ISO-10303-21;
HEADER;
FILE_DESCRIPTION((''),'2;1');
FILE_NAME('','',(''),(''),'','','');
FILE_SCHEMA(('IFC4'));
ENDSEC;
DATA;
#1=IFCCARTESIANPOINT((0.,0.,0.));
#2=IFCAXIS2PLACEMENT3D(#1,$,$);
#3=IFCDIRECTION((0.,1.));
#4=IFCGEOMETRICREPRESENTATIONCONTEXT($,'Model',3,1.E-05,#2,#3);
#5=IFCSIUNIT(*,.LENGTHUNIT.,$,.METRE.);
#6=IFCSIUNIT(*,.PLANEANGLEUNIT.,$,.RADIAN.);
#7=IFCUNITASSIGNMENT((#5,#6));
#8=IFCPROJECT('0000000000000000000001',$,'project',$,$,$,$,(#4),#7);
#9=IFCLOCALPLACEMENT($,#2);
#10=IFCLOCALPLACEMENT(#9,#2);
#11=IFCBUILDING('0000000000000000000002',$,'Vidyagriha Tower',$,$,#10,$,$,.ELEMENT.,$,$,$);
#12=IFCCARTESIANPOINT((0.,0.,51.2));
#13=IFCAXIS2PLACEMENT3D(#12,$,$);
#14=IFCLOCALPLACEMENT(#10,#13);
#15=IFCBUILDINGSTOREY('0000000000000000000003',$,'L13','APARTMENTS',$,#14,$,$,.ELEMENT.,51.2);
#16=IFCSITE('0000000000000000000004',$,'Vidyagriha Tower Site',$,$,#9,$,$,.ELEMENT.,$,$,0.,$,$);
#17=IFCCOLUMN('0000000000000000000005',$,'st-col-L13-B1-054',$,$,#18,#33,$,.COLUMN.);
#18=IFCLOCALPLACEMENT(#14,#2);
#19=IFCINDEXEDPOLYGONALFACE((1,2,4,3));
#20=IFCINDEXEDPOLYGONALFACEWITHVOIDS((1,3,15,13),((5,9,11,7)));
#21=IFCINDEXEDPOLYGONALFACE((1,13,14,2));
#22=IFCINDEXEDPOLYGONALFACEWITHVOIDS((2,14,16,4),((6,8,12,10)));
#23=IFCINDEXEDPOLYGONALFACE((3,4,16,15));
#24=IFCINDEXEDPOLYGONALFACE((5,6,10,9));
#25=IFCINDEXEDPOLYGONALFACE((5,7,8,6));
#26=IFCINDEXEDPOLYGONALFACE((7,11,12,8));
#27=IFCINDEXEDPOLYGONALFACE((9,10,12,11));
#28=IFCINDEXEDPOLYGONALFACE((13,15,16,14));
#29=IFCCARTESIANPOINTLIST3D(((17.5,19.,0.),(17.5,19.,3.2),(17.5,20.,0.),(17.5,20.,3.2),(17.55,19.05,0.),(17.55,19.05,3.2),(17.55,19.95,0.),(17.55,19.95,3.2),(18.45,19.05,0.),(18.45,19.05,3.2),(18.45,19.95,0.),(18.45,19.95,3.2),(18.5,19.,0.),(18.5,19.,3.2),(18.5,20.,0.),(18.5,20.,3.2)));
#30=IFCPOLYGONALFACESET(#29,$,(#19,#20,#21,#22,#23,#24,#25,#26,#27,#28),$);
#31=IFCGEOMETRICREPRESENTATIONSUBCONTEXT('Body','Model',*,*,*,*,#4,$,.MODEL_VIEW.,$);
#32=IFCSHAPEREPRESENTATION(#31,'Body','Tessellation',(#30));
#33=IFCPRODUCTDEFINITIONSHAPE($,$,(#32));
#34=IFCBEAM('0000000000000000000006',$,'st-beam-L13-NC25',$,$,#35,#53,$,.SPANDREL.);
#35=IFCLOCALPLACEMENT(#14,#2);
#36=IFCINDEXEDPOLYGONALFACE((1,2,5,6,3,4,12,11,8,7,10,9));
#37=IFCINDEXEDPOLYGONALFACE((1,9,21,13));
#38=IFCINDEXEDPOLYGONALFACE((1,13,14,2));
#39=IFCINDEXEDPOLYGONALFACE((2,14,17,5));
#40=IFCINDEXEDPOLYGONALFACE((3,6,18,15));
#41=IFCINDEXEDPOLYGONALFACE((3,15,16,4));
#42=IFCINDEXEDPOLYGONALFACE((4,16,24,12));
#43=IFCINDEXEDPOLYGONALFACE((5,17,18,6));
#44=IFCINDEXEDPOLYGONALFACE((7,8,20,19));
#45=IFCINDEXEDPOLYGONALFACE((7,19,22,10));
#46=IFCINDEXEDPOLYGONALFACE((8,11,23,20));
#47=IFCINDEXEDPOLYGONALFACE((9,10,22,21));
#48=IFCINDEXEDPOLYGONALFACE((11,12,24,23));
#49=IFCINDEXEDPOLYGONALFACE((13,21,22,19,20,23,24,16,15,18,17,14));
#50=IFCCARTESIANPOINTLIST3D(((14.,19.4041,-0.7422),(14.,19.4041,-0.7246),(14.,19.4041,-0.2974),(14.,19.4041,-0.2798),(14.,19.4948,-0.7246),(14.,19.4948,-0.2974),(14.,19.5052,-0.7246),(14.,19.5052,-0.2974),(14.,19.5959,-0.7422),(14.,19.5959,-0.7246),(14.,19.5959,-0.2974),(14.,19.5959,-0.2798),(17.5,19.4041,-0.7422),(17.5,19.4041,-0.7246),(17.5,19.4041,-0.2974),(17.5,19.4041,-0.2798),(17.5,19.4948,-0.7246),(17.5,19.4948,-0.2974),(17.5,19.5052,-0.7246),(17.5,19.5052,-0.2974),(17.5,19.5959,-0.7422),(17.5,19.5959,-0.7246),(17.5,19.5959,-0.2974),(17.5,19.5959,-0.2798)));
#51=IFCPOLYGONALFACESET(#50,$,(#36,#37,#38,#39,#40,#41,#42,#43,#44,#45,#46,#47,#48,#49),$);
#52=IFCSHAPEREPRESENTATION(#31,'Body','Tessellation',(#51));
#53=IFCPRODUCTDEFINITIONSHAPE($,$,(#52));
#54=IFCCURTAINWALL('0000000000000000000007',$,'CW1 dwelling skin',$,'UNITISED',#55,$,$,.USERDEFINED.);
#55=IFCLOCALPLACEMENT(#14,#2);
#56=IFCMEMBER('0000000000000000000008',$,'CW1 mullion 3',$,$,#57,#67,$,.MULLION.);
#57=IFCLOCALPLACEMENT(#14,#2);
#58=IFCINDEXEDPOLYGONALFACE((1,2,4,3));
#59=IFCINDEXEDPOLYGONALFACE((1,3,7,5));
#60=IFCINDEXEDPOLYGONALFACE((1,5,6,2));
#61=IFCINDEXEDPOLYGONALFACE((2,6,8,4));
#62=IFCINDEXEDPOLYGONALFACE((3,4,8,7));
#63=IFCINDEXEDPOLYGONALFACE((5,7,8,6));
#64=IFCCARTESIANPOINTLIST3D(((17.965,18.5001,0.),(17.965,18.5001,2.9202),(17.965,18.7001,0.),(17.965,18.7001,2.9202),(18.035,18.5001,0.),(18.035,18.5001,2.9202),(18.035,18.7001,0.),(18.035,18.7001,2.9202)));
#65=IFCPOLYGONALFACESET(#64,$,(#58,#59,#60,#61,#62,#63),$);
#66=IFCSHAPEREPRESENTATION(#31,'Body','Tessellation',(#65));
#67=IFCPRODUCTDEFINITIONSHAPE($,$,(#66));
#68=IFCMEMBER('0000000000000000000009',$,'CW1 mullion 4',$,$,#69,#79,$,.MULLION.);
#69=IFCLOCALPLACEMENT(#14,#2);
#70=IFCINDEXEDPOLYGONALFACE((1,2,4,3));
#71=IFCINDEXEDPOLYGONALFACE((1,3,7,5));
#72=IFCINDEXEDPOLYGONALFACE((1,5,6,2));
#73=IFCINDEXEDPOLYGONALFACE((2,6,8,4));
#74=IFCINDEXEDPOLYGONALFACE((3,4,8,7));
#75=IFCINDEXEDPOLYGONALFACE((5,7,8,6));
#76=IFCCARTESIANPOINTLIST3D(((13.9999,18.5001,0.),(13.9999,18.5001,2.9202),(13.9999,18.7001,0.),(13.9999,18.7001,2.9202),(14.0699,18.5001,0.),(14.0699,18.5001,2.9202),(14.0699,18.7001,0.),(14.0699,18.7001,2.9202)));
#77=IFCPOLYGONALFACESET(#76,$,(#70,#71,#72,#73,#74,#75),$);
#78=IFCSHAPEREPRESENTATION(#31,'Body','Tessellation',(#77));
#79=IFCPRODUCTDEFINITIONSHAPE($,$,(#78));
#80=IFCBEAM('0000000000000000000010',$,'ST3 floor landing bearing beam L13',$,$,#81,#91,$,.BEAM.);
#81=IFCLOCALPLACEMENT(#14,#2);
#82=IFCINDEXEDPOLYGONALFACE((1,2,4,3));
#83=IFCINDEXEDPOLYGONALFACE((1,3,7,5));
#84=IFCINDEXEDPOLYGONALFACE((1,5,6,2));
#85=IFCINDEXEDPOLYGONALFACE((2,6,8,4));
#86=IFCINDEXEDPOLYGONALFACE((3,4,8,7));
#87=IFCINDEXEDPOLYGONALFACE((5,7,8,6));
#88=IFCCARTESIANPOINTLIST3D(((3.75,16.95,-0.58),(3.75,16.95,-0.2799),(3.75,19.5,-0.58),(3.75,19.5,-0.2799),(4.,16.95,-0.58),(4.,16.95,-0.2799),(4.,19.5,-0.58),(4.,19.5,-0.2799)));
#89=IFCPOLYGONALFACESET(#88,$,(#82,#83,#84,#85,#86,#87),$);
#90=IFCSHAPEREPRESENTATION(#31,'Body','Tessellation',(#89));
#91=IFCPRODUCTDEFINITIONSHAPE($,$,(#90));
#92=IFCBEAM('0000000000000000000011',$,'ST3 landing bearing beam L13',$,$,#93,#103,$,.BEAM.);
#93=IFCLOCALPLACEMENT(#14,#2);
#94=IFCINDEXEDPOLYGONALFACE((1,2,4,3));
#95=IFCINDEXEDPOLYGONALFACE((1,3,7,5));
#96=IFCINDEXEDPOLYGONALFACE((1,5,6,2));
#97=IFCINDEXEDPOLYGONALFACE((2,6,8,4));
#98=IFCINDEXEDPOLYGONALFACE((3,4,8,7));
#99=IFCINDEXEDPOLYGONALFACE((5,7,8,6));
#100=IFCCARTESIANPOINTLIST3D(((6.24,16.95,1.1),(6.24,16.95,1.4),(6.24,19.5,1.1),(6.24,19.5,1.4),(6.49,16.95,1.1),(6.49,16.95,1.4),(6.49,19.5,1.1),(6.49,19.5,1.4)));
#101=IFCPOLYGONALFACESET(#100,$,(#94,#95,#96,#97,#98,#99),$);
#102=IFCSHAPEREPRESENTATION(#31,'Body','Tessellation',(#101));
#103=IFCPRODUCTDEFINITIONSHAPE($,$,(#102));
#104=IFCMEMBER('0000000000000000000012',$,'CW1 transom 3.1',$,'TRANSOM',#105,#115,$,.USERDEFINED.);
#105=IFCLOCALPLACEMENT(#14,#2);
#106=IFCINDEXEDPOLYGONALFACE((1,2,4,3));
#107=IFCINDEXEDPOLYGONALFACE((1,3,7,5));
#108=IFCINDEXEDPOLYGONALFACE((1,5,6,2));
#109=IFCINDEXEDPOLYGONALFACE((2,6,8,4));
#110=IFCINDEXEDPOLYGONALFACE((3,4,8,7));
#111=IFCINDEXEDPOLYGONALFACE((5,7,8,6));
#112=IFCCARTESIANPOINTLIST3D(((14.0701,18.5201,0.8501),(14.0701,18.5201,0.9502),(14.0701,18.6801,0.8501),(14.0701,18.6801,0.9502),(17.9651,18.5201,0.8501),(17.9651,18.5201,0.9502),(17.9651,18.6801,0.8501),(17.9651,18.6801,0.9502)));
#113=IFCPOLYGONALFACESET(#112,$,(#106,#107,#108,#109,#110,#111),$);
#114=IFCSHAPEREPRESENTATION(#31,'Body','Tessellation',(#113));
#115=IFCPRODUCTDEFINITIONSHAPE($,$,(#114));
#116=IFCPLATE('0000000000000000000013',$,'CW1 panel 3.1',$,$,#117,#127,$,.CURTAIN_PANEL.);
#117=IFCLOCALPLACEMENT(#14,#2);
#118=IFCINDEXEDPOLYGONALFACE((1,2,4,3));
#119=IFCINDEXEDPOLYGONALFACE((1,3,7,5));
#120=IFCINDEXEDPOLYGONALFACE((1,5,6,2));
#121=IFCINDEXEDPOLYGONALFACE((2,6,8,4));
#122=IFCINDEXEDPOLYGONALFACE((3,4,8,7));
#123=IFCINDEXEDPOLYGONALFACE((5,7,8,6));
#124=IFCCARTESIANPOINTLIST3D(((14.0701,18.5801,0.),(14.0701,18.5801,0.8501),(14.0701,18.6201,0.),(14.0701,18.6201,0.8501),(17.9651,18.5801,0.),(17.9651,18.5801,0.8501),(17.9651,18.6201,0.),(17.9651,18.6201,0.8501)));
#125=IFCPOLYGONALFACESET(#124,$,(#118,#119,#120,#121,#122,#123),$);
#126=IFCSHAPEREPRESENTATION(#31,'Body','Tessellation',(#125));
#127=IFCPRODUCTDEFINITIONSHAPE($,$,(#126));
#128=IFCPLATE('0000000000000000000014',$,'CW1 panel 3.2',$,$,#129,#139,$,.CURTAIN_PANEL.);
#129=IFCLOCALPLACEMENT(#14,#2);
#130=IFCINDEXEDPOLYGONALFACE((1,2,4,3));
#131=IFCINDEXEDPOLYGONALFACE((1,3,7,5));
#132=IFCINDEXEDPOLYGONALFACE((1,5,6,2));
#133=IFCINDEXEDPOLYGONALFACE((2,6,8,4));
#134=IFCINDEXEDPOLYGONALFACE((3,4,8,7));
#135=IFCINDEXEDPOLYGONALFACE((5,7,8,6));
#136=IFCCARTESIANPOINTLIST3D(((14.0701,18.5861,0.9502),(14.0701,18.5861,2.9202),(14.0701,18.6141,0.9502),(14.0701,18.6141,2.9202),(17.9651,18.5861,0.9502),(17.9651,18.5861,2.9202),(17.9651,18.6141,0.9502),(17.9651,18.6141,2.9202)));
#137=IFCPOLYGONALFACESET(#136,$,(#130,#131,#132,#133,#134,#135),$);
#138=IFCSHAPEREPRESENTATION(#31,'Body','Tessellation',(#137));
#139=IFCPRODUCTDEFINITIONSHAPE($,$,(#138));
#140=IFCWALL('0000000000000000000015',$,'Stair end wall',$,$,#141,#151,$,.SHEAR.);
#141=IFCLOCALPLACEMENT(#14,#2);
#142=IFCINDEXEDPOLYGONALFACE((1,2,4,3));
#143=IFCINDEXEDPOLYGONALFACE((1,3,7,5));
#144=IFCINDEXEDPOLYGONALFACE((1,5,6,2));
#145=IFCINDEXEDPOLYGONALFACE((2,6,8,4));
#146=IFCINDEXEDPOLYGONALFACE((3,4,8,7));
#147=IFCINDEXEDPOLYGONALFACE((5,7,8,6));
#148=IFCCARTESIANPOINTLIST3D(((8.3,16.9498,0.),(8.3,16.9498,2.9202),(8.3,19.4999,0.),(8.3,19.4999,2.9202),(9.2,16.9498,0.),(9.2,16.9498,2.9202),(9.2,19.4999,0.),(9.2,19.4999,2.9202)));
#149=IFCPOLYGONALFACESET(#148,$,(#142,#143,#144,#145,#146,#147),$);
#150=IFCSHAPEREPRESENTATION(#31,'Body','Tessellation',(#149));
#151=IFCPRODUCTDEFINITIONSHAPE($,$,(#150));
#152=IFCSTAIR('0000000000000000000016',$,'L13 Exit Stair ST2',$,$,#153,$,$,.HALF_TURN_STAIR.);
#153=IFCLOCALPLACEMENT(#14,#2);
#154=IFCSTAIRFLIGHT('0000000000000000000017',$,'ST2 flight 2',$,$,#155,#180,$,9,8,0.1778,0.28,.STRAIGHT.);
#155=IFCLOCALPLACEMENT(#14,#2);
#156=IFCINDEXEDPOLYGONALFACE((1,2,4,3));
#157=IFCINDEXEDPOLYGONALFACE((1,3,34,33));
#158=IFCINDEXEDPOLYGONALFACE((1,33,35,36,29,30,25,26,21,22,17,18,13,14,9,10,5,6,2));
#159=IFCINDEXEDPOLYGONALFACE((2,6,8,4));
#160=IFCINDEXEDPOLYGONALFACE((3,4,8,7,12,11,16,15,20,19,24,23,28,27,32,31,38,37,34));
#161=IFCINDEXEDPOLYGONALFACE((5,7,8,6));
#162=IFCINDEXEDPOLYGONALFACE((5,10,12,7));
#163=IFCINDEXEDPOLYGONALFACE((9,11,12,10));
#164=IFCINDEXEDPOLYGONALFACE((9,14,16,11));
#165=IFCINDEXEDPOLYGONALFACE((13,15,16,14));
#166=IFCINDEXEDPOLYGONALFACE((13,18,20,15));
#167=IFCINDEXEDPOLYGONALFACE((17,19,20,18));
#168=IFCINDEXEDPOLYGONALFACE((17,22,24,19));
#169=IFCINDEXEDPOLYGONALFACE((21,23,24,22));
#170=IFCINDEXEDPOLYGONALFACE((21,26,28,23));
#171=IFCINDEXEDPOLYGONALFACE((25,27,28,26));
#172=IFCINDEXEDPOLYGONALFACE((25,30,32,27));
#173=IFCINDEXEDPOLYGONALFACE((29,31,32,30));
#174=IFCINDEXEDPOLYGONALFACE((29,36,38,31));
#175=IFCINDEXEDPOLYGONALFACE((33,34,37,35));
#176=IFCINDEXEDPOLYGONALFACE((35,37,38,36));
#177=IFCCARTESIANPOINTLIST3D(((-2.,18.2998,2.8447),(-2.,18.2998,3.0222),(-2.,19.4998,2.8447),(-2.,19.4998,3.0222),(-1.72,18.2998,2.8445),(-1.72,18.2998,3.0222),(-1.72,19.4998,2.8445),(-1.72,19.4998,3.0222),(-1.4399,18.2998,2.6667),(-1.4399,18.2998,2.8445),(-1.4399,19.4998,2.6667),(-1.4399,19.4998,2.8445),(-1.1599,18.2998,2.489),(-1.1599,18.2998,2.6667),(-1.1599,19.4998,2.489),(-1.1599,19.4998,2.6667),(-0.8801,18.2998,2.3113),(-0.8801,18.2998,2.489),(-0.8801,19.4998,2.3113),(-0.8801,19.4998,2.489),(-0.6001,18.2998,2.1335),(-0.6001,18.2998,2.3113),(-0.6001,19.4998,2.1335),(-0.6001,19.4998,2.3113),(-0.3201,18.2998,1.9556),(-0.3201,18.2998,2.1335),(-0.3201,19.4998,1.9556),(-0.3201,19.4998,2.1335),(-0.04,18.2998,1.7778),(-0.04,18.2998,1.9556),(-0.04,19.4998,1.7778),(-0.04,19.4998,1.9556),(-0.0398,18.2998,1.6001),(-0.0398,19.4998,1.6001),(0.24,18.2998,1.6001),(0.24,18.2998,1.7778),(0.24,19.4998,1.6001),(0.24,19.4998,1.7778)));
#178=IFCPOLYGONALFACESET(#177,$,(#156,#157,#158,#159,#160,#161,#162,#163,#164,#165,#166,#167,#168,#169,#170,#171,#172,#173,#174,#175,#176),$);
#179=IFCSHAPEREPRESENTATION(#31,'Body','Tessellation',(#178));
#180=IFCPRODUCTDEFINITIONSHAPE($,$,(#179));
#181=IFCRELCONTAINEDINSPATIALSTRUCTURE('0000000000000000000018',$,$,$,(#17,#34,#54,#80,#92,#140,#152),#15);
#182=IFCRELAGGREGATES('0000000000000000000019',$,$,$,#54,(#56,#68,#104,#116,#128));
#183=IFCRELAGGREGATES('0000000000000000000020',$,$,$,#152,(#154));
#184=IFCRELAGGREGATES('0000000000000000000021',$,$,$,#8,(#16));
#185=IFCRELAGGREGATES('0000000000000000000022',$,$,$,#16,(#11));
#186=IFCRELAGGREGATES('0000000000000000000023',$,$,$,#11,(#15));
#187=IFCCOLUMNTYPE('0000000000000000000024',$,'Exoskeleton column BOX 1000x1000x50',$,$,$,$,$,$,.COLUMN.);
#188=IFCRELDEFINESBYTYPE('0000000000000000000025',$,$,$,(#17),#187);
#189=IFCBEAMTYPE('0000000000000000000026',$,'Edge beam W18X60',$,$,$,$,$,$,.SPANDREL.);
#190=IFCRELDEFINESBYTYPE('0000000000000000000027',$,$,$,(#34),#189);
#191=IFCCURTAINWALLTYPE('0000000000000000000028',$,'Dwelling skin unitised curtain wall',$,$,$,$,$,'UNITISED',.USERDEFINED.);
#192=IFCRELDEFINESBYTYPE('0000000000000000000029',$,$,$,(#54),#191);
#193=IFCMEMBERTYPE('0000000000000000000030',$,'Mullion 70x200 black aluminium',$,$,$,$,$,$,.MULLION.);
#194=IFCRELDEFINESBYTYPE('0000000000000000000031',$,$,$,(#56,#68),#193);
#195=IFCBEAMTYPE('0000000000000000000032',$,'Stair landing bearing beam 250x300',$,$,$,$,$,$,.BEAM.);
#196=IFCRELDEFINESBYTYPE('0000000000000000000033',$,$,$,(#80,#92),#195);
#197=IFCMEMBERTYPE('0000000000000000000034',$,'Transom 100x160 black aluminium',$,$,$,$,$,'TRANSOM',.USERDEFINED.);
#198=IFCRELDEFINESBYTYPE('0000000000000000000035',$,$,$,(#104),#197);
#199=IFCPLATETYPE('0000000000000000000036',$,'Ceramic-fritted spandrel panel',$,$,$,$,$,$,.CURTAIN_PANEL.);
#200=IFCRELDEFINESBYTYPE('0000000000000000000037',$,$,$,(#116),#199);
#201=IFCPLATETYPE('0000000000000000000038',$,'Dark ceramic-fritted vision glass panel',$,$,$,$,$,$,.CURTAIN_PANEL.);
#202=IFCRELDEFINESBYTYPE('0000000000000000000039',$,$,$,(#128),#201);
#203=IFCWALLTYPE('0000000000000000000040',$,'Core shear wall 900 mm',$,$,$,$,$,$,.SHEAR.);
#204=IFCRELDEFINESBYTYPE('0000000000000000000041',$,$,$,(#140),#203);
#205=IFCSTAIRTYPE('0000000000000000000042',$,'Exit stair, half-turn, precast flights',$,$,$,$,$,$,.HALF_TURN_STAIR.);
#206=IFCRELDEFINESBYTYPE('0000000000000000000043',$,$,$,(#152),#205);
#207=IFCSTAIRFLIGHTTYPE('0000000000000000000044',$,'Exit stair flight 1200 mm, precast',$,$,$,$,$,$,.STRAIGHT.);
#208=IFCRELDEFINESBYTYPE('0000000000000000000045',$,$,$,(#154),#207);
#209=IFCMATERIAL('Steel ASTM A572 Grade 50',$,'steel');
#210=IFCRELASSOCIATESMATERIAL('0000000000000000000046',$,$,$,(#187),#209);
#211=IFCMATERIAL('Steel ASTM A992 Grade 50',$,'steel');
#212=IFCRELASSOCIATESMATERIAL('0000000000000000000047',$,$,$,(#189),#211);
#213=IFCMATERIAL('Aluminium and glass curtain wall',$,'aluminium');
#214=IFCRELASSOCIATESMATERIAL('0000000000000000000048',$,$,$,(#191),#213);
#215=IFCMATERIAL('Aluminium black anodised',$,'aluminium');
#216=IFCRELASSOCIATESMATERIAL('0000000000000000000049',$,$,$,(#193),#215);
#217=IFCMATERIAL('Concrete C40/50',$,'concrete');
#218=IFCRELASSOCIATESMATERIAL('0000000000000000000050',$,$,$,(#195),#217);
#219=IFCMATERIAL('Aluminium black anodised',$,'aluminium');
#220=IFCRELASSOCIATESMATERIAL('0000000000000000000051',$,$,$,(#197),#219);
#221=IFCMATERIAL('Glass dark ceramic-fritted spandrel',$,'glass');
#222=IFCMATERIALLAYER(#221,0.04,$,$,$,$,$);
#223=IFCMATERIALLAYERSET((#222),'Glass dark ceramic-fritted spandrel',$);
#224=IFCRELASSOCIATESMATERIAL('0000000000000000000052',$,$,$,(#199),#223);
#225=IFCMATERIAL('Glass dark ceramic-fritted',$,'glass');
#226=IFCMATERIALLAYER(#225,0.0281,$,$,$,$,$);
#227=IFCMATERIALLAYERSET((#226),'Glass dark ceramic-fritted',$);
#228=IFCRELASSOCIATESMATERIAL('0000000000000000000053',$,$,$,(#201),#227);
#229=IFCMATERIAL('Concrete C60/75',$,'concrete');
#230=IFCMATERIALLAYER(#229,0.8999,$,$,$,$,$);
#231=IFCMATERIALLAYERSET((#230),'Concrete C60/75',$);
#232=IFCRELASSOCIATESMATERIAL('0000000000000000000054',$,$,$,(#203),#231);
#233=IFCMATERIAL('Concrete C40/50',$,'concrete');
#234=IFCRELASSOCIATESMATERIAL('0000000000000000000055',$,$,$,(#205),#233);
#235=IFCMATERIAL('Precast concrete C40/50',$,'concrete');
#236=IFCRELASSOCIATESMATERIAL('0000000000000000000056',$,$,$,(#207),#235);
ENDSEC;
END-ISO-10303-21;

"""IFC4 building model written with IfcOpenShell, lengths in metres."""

from ifc_helpers import new_model, si_unit, direction, frame, frame_2d, origin, origin_2d, place, context, subcontext, project, spatial, polyline, rectangle, hollow_rectangle, i_section, outline, extrude, material, layer, layer_set, material_profile, profile_set, type_object, element, aggregate, save


model = new_model("IFC4")

# Units and contexts
model_context = context("Model", 3, precision=1e-05, world=origin(), true_north=direction((0.0, 1.0)))
body_context = subcontext(model_context, "Body", "Model", "MODEL_VIEW")
ifc_project = project(units=[si_unit("LENGTHUNIT", "METRE"), si_unit("PLANEANGLEUNIT", "RADIAN")], contexts=[model_context])

# Site, building, storey
site_placement = place(None, origin())
site = spatial("IfcSite", under=ifc_project, at=site_placement, Name="Vidyagriha Tower Site", CompositionType="ELEMENT", RefElevation=0.0)
building_placement = place(site_placement, origin())
building = spatial("IfcBuilding", under=site, at=building_placement, Name="Vidyagriha Tower", CompositionType="ELEMENT")
storey_placement = place(building_placement, frame((0.0, 0.0, 51.2)))
storey = spatial("IfcBuildingStorey", under=building, at=storey_placement, Name="L13", Description="APARTMENTS", CompositionType="ELEMENT", Elevation=51.2)

# Column
ifc_material_1 = material(Name="Steel ASTM A572 Grade 50", Category="steel")
ifc_material_profile_1 = material_profile(ifc_material_1, hollow_rectangle(XDim=1.0, YDim=1.0, WallThickness=0.05, at=origin_2d()), Name="BOX 1000x1000x50")
ifc_profile_set_1 = profile_set([ifc_material_profile_1], Name="Steel ASTM A572 Grade 50")
column_type = type_object("IfcColumnType", Name="Exoskeleton column BOX 1000x1000x50", PredefinedType="COLUMN", material=ifc_profile_set_1)
column_placement = place(storey_placement, frame((18.0, 19.5, 0.0)))
element("IfcColumn", 1, at=column_placement, inside=storey, type_object=column_type, Name="st-col-L13-B1-054", PredefinedType="COLUMN", context=body_context, shape_type="SweptSolid", body=[
    extrude(hollow_rectangle(XDim=1.0, YDim=1.0, WallThickness=0.05, at=origin_2d()), origin(), (0.0, 0.0, 1.0), 3.2),
])

# Beam
ifc_material_2 = material(Name="Steel ASTM A992 Grade 50", Category="steel")
ifc_material_profile_2 = material_profile(ifc_material_2, i_section(OverallWidth=0.1919, OverallDepth=0.4624, WebThickness=0.0105, FlangeThickness=0.0176, at=origin_2d()), Name="W18X60")
ifc_profile_set_2 = profile_set([ifc_material_profile_2], Name="Steel ASTM A992 Grade 50")
beam_type_1 = type_object("IfcBeamType", Name="Edge beam W18X60", PredefinedType="SPANDREL", material=ifc_profile_set_2)
beam_placement = place(storey_placement, frame((14.0, 19.5, -0.511), z_axis=(1.0, 0.0, 0.0), x_axis=(0.0, 1.0, 0.0)))
element("IfcBeam", 2, at=beam_placement, inside=storey, type_object=beam_type_1, Name="st-beam-L13-NC25", PredefinedType="SPANDREL", context=body_context, shape_type="SweptSolid", body=[
    extrude(i_section(OverallWidth=0.1919, OverallDepth=0.4624, WebThickness=0.0105, FlangeThickness=0.0176, at=origin_2d()), origin(), (0.0, 0.0, 1.0), 3.5),
])

# Curtain wall, members
ifc_material_3 = material(Name="Aluminium and glass curtain wall", Category="aluminium")
curtain_wall_type = type_object("IfcCurtainWallType", Name="Dwelling skin unitised curtain wall", ElementType="UNITISED", PredefinedType="USERDEFINED", material=ifc_material_3)
curtain_wall_placement = place(storey_placement, origin())
curtain_wall = element("IfcCurtainWall", 3, at=curtain_wall_placement, inside=storey, type_object=curtain_wall_type, Name="CW1 dwelling skin", ObjectType="UNITISED", PredefinedType="USERDEFINED")
ifc_material_4 = material(Name="Aluminium black anodised", Category="aluminium")
ifc_material_profile_3 = material_profile(ifc_material_4, rectangle(XDim=0.2, YDim=0.0701, at=origin_2d()), Name="Mullion 70x200 black aluminium")
ifc_profile_set_3 = profile_set([ifc_material_profile_3], Name="Aluminium black anodised")
member_type_1 = type_object("IfcMemberType", Name="Mullion 70x200 black aluminium", PredefinedType="MULLION", material=ifc_profile_set_3)
member_1_placement = place(storey_placement, frame((18.0, 18.6001, 0.0), z_axis=(0.0, 0.0, 1.0), x_axis=(0.0, -1.0, 0.0)))
member_1 = element("IfcMember", 4, at=member_1_placement, type_object=member_type_1, Name="CW1 mullion 3", PredefinedType="MULLION", context=body_context, shape_type="SweptSolid", body=[
    extrude(rectangle(XDim=0.2, YDim=0.0701, at=origin_2d()), origin(), (0.0, 0.0, 1.0), 2.9202),
])
member_2_placement = place(storey_placement, frame((14.0349, 18.6001, 0.0), z_axis=(0.0, 0.0, 1.0), x_axis=(0.0, -1.0, 0.0)))
member_2 = element("IfcMember", 5, at=member_2_placement, type_object=member_type_1, Name="CW1 mullion 4", PredefinedType="MULLION", context=body_context, shape_type="SweptSolid", body=[
    extrude(rectangle(XDim=0.2, YDim=0.0701, at=origin_2d()), origin(), (0.0, 0.0, 1.0), 2.9202),
])

# Beams
ifc_material_5 = material(Name="Concrete C40/50", Category="concrete")
ifc_material_profile_4 = material_profile(ifc_material_5, rectangle(XDim=0.25, YDim=0.3, at=origin_2d()), Name="Stair landing bearing beam 250x300")
ifc_profile_set_4 = profile_set([ifc_material_profile_4], Name="Concrete C40/50")
beam_type_2 = type_object("IfcBeamType", Name="Stair landing bearing beam 250x300", PredefinedType="BEAM", material=ifc_profile_set_4)
for number, where, z_axis, x_axis, name in (
    (6, (3.875, 16.95, -0.4299), (0.0, 1.0, 0.0), (-1.0, 0.0, 0.0), "ST3 floor landing bearing beam L13"),
    (7, (6.365, 16.95, 1.25), (0.0, 1.0, 0.0), (-1.0, 0.0, 0.0), "ST3 landing bearing beam L13"),
):
    element("IfcBeam", number, at=place(storey_placement, frame(where, z_axis=z_axis, x_axis=x_axis)), inside=storey, type_object=beam_type_2, Name=name, PredefinedType="BEAM", context=body_context, shape_type="SweptSolid", body=[
        extrude(rectangle(XDim=0.25, YDim=0.3, at=origin_2d()), origin(), (0.0, 0.0, 1.0), 2.55),
    ])

# Member
ifc_material_6 = material(Name="Aluminium black anodised", Category="aluminium")
ifc_material_profile_5 = material_profile(ifc_material_6, rectangle(XDim=0.1599, YDim=0.1001, at=origin_2d()), Name="Transom 100x160 black aluminium")
ifc_profile_set_5 = profile_set([ifc_material_profile_5], Name="Aluminium black anodised")
member_type_2 = type_object("IfcMemberType", Name="Transom 100x160 black aluminium", ElementType="TRANSOM", PredefinedType="USERDEFINED", material=ifc_profile_set_5)
member_3_placement = place(storey_placement, frame((17.9651, 18.6001, 0.9001), z_axis=(-1.0, 0.0, 0.0), x_axis=(0.0, -1.0, 0.0)))
member_3 = element("IfcMember", 8, at=member_3_placement, type_object=member_type_2, Name="CW1 transom 3.1", ObjectType="TRANSOM", PredefinedType="USERDEFINED", context=body_context, shape_type="SweptSolid", body=[
    extrude(rectangle(XDim=0.1599, YDim=0.1001, at=origin_2d()), origin(), (0.0, 0.0, 1.0), 3.895),
])

# Plates
ifc_material_7 = material(Name="Glass dark ceramic-fritted spandrel", Category="glass")
ifc_layer_1 = layer(ifc_material_7, 0.04)
ifc_layer_set_1 = layer_set([ifc_layer_1], Name="Glass dark ceramic-fritted spandrel")
plate_type_1 = type_object("IfcPlateType", Name="Ceramic-fritted spandrel panel", PredefinedType="CURTAIN_PANEL", material=ifc_layer_set_1)
plate_1_placement = place(storey_placement, frame((16.0176, 18.6001, 0.0), z_axis=(0.0, 0.0, 1.0), x_axis=(-1.0, 0.0, 0.0)))
plate_1 = element("IfcPlate", 9, at=plate_1_placement, type_object=plate_type_1, Name="CW1 panel 3.1", PredefinedType="CURTAIN_PANEL", context=body_context, shape_type="SweptSolid", body=[
    extrude(rectangle(XDim=3.895, YDim=0.04, at=origin_2d()), origin(), (0.0, 0.0, 1.0), 0.8501),
])
ifc_material_8 = material(Name="Glass dark ceramic-fritted", Category="glass")
ifc_layer_2 = layer(ifc_material_8, 0.0281)
ifc_layer_set_2 = layer_set([ifc_layer_2], Name="Glass dark ceramic-fritted")
plate_type_2 = type_object("IfcPlateType", Name="Dark ceramic-fritted vision glass panel", PredefinedType="CURTAIN_PANEL", material=ifc_layer_set_2)
plate_2_placement = place(storey_placement, frame((16.0176, 18.6001, 0.9502), z_axis=(0.0, 0.0, 1.0), x_axis=(-1.0, 0.0, 0.0)))
plate_2 = element("IfcPlate", 10, at=plate_2_placement, type_object=plate_type_2, Name="CW1 panel 3.2", PredefinedType="CURTAIN_PANEL", context=body_context, shape_type="SweptSolid", body=[
    extrude(rectangle(XDim=3.895, YDim=0.0281, at=origin_2d()), origin(), (0.0, 0.0, 1.0), 1.97),
])
aggregate(curtain_wall, [member_1, member_2, member_3, plate_1, plate_2])

# Wall
ifc_material_9 = material(Name="Concrete C60/75", Category="concrete")
ifc_layer_3 = layer(ifc_material_9, 0.8999)
ifc_layer_set_3 = layer_set([ifc_layer_3], Name="Concrete C60/75")
wall_type = type_object("IfcWallType", Name="Core shear wall 900 mm", PredefinedType="SHEAR", material=ifc_layer_set_3)
wall_placement = place(storey_placement, frame((8.75, 16.95, 0.0), z_axis=(0.0, 0.0, 1.0), x_axis=(0.0, 1.0, 0.0)))
element("IfcWall", 11, at=wall_placement, inside=storey, type_object=wall_type, Name="Stair end wall", PredefinedType="SHEAR", context=body_context, shape_type="SweptSolid", body=[
    extrude(rectangle(XDim=2.55, YDim=0.8999, at=frame_2d((1.2749, 0.0))), origin(), (0.0, 0.0, 1.0), 2.9202),
])

# Stair, stair flight
ifc_material_10 = material(Name="Concrete C40/50", Category="concrete")
stair_type = type_object("IfcStairType", Name="Exit stair, half-turn, precast flights", PredefinedType="HALF_TURN_STAIR", material=ifc_material_10)
stair_1_placement = place(storey_placement, origin())
stair_1 = element("IfcStair", 12, at=stair_1_placement, inside=storey, type_object=stair_type, Name="L13 Exit Stair ST2", PredefinedType="HALF_TURN_STAIR")
ifc_material_11 = material(Name="Precast concrete C40/50", Category="concrete")
stair_flight_type = type_object("IfcStairFlightType", Name="Exit stair flight 1200 mm, precast", PredefinedType="STRAIGHT", material=ifc_material_11)
stair_flight_1_placement = place(storey_placement, frame((0.24, 18.8999, 1.6001), z_axis=(0.0, 0.0, 1.0), x_axis=(-1.0, 0.0, 0.0)))
stair_flight_1 = element("IfcStairFlight", 13, at=stair_flight_1_placement, type_object=stair_flight_type, Name="ST2 flight 2", NumberOfRisers=9, NumberOfTreads=8, PredefinedType="STRAIGHT", RiserHeight=0.1778, TreadLength=0.28, context=body_context, shape_type="SweptSolid", body=[
    extrude(outline(polyline([(0.0, 0.0), (0.0, 0.1777), (0.28, 0.1777), (0.28, 0.3555), (0.5601, 0.3555), (0.5601, 0.5334), (0.8401, 0.5334), (0.8401, 0.7112), (1.1201, 0.7112), (1.1201, 0.8889), (1.3999, 0.8889), (1.3999, 1.0667), (1.6799, 1.0667), (1.6799, 1.2444), (1.96, 1.2444), (1.96, 1.4221), (2.24, 1.4221), (2.24, 1.6001), (2.24, 1.2446), (0.2798, 0.0), (0.0, 0.0)])), frame((0.0, 0.6001, 0.0), z_axis=(0.0, -1.0, 0.0), x_axis=(1.0, 0.0, 0.0)), (0.0, 0.0, 1.0), 1.2),
])
aggregate(stair_1, [stair_flight_1])

save(model, "model.ifc")
